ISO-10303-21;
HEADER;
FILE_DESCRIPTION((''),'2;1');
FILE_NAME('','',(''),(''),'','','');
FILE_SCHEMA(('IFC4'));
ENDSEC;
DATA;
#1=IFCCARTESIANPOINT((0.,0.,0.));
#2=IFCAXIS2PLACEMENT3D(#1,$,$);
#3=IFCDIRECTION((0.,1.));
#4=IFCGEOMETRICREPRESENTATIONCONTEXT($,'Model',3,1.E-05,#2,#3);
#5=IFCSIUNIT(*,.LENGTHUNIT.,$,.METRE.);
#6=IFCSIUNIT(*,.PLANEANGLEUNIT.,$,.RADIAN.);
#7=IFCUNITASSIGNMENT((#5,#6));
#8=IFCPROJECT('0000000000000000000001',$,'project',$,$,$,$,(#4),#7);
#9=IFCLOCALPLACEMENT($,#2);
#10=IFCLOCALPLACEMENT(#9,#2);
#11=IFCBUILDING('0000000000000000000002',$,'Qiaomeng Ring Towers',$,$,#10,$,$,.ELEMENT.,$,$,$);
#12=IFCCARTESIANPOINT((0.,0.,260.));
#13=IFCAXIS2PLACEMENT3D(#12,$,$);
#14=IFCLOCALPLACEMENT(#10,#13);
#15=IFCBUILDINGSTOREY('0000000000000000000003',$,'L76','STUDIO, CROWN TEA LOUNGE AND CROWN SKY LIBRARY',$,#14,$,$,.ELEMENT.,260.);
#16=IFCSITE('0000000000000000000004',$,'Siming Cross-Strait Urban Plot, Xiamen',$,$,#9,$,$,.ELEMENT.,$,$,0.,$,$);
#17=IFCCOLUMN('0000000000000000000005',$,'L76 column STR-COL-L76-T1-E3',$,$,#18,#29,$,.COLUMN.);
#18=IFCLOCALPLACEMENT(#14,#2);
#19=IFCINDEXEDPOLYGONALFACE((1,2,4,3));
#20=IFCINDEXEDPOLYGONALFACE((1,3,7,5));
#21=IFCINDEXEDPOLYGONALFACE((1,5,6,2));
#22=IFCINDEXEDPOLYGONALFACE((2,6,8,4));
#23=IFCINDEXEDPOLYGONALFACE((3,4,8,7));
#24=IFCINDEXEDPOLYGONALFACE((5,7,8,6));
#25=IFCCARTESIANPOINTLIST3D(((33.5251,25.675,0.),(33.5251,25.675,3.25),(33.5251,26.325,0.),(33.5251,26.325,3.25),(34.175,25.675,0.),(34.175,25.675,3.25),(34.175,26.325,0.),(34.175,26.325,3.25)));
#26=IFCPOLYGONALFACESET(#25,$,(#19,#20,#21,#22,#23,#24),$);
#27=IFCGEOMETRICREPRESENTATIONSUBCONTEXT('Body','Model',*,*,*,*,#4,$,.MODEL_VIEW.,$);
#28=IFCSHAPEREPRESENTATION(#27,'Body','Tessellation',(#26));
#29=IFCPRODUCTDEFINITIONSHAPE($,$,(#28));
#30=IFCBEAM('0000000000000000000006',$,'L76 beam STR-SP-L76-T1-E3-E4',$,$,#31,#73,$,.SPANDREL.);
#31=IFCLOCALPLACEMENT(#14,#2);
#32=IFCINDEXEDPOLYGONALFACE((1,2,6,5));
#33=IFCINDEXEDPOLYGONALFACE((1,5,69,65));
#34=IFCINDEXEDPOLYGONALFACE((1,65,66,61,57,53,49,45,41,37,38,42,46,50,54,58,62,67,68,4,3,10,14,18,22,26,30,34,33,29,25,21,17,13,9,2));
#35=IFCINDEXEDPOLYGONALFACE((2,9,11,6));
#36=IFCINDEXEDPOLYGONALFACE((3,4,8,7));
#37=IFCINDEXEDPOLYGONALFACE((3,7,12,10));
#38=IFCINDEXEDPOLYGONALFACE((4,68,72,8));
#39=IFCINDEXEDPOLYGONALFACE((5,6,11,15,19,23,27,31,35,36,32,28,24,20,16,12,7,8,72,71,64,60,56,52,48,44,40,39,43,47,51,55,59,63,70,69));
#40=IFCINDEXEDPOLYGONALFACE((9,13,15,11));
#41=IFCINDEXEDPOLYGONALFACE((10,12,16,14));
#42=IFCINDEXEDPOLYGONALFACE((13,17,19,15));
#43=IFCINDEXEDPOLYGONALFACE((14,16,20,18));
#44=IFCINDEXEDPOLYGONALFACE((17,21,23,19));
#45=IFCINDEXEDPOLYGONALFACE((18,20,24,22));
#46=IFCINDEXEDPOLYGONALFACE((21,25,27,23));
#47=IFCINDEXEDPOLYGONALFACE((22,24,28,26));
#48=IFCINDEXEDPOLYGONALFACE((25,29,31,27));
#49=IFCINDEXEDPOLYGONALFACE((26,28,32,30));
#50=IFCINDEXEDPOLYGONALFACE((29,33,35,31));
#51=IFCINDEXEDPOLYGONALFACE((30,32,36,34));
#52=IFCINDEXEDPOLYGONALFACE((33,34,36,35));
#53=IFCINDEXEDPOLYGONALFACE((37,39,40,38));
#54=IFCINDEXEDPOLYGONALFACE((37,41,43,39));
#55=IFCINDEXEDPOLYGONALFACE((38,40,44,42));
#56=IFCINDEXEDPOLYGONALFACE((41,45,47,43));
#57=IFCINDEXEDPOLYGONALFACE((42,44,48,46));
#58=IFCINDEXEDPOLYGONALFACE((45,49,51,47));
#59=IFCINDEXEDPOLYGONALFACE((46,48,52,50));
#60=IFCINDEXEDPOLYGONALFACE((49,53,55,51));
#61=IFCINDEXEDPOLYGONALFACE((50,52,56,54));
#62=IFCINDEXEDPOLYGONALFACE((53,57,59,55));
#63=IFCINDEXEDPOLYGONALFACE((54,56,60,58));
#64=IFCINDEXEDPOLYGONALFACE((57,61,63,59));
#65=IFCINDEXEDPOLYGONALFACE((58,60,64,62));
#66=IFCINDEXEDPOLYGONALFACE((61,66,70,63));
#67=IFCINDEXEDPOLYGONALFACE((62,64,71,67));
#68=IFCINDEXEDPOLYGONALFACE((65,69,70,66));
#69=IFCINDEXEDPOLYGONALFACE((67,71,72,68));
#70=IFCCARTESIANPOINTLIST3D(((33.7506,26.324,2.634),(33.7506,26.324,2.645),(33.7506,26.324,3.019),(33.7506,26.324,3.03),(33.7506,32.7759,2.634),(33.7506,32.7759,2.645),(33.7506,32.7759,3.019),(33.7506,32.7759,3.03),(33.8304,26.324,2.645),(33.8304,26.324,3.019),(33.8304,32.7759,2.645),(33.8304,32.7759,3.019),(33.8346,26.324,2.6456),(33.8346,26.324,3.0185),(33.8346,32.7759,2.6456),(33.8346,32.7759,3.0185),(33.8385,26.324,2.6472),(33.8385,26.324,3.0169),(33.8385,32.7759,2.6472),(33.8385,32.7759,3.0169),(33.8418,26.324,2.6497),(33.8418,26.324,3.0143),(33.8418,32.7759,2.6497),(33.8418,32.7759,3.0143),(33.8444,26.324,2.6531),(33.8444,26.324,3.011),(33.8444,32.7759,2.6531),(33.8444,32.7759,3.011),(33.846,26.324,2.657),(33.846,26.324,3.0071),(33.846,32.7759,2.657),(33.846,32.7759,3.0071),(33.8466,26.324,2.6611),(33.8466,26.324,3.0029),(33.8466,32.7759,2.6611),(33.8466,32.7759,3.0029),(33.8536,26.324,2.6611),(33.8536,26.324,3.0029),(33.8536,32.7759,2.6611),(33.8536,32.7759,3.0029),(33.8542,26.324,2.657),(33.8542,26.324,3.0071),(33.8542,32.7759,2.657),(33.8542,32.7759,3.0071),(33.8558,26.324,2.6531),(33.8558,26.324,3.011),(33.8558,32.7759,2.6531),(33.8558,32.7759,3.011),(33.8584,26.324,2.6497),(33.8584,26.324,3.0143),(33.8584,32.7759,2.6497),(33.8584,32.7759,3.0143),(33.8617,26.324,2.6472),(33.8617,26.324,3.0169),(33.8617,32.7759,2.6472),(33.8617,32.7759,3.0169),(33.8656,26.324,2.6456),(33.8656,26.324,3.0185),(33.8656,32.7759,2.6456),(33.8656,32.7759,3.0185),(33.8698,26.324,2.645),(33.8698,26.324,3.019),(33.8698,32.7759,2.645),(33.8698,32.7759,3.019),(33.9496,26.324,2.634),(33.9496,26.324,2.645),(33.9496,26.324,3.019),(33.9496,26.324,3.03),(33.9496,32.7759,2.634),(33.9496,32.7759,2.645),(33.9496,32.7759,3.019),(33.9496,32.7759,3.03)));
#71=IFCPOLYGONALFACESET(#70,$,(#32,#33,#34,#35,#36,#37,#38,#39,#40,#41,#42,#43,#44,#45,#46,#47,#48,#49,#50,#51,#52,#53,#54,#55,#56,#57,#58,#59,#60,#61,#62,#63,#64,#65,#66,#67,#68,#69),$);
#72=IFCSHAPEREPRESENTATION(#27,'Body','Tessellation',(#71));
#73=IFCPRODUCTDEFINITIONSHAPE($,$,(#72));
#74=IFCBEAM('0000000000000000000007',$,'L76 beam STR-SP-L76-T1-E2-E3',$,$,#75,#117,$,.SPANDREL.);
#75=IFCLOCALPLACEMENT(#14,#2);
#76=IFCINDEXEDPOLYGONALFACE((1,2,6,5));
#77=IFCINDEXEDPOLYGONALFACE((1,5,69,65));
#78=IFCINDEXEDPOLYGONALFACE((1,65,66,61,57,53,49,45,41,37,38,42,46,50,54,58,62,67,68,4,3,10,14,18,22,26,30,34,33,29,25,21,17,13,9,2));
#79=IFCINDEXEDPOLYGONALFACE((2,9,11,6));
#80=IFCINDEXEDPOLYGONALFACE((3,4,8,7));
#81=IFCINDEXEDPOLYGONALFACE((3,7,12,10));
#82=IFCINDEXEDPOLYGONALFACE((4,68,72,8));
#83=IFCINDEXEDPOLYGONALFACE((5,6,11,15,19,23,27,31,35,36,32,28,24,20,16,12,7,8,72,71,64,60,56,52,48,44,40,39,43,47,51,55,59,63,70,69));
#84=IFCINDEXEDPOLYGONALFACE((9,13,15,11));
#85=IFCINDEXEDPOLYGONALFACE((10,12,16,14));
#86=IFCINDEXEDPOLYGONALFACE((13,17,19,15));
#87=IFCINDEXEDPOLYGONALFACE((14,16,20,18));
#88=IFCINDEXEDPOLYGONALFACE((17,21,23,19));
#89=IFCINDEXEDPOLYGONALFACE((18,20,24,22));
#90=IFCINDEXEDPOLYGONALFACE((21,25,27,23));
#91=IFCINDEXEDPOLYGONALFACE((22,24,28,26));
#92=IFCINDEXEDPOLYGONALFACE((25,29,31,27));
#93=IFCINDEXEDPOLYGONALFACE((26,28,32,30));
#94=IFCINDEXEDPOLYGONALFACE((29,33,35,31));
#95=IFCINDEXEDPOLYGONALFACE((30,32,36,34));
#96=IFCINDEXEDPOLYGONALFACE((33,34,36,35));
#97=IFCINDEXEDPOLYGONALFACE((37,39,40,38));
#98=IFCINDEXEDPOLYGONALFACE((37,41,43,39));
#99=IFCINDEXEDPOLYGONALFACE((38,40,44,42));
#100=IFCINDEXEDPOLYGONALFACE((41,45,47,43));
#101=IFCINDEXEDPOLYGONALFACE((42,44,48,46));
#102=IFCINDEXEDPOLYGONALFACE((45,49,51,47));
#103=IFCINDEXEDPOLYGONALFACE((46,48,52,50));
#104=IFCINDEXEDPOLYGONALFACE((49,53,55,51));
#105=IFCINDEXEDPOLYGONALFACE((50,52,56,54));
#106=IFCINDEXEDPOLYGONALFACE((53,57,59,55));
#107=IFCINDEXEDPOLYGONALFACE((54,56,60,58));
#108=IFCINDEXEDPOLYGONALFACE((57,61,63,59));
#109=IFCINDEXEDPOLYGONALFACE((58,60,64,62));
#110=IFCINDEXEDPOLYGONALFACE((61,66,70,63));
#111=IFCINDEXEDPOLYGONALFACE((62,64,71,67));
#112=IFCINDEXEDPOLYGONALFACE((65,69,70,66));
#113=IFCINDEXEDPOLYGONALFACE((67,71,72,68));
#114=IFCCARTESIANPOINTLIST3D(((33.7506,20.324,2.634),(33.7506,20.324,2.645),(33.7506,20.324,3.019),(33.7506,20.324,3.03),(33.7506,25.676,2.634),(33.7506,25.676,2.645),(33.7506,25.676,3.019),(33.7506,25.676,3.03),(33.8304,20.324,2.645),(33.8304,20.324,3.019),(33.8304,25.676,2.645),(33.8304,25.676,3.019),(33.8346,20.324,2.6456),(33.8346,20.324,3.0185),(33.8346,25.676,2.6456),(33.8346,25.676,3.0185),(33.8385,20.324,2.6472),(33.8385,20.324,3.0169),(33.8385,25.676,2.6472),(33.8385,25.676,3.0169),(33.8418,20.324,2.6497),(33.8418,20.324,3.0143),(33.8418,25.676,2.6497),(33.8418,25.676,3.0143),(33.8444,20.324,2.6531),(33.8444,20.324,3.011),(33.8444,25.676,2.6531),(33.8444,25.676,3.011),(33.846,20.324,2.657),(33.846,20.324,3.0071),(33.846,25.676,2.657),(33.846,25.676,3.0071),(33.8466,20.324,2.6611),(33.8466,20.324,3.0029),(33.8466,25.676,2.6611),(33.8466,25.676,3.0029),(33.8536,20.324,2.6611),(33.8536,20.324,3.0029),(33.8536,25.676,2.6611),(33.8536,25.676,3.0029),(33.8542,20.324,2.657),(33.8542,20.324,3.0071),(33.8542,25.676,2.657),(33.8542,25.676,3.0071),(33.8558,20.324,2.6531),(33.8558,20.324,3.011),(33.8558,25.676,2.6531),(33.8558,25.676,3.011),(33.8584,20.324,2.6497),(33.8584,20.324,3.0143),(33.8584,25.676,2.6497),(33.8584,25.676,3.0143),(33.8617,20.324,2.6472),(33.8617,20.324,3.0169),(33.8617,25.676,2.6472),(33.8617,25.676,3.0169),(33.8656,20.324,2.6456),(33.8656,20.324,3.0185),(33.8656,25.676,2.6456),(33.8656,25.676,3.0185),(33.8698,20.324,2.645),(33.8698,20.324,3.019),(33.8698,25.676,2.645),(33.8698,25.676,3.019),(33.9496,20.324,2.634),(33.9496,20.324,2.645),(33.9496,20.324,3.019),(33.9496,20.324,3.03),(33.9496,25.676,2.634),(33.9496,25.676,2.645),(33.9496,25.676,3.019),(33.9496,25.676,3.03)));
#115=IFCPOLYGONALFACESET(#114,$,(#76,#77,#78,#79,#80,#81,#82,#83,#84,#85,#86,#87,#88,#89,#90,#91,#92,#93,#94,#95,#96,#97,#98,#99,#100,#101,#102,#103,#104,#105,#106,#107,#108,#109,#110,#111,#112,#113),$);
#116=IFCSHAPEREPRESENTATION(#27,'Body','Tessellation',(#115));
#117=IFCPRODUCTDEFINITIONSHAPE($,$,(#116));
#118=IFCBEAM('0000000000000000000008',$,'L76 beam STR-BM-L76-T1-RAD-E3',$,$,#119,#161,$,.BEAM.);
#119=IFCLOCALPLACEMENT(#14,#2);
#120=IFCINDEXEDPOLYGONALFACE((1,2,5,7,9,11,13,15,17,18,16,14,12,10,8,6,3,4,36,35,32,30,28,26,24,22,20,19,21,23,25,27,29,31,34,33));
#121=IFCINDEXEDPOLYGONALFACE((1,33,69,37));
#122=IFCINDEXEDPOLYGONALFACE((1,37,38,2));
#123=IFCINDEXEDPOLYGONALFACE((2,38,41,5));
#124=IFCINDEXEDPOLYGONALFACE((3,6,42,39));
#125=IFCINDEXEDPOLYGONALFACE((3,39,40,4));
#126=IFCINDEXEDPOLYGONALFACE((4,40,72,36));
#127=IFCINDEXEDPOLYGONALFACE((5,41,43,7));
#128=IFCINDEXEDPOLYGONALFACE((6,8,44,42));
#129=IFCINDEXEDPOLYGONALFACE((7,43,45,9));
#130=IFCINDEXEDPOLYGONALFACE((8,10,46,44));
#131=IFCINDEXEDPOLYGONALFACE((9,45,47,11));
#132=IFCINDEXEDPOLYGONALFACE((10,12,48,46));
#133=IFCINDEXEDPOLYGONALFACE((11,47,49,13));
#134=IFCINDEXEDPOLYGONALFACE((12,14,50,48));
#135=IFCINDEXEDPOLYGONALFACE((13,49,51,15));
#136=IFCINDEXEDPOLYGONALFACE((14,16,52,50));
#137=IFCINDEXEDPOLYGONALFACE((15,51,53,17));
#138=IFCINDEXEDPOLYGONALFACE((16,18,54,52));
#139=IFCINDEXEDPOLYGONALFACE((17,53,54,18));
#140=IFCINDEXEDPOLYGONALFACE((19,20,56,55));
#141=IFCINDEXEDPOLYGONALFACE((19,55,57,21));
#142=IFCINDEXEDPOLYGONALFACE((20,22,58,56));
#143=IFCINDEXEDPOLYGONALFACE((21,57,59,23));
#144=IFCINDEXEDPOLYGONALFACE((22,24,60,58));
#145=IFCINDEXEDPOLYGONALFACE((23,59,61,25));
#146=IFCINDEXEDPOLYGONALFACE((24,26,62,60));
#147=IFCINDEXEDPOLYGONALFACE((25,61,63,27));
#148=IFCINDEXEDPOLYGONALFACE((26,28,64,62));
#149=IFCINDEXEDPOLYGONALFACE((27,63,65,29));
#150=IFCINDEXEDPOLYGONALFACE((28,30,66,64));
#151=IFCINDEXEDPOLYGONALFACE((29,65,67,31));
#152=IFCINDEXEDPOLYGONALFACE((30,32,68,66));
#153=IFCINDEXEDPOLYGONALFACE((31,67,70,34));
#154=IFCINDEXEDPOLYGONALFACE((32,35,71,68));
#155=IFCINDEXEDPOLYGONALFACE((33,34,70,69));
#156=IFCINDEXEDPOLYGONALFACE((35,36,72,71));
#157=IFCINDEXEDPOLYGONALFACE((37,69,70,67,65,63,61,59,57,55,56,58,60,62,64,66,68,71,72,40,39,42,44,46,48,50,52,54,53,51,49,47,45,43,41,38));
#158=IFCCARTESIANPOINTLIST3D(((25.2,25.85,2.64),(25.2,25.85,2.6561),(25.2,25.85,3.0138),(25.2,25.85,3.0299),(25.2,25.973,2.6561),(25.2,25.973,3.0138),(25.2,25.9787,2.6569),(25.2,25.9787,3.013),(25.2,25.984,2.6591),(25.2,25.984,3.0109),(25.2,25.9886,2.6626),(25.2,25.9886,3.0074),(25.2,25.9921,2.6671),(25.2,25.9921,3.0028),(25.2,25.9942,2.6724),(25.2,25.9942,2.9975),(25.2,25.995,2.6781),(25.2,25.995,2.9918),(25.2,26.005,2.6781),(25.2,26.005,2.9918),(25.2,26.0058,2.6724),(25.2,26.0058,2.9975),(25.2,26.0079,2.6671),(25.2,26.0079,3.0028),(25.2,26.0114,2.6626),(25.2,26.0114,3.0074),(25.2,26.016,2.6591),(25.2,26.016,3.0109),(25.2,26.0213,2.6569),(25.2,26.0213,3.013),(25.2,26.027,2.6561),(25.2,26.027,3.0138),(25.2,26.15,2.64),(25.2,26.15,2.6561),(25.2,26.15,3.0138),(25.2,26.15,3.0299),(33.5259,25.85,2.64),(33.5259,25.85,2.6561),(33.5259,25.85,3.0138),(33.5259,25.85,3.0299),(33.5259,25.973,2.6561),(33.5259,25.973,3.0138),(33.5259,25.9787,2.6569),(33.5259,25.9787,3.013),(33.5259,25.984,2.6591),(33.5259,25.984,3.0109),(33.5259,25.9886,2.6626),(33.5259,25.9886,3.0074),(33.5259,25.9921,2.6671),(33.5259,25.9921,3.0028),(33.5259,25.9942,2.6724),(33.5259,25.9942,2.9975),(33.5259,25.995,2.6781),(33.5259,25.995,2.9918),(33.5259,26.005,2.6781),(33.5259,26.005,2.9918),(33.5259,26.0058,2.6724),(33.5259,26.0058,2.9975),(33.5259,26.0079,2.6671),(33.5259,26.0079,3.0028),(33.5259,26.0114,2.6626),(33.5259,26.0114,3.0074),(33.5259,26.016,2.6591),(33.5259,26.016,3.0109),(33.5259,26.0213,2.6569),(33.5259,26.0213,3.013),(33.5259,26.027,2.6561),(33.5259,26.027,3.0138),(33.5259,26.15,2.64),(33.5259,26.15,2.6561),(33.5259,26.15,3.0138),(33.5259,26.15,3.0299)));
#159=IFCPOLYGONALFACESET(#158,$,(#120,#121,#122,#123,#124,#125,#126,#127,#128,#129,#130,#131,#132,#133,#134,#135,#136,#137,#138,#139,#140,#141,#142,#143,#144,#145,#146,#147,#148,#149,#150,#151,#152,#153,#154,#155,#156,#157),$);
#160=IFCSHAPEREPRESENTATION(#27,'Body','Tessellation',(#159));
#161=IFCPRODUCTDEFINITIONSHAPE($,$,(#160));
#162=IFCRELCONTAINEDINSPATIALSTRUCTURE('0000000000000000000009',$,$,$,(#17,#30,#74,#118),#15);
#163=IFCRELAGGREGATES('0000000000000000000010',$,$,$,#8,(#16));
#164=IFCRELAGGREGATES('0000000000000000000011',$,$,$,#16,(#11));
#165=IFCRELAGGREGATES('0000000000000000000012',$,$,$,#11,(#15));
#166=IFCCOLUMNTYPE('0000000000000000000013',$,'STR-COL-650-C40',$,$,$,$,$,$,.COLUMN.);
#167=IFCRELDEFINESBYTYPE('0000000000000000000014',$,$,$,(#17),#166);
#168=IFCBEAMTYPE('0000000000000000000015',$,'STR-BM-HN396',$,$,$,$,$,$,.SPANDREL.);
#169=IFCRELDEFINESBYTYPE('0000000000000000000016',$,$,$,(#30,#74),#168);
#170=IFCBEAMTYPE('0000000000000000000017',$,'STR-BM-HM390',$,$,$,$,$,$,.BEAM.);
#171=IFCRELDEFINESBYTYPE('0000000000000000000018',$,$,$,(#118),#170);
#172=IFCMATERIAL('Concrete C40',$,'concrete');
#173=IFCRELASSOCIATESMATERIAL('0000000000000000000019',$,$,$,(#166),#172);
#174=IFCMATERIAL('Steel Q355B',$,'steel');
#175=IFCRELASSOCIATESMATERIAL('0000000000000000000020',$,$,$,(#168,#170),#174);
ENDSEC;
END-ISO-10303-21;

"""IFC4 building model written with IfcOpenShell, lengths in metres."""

from ifc_helpers import new_model, si_unit, direction, frame, origin, origin_2d, place, context, subcontext, project, spatial, rectangle, i_section, extrude, source, transform, mapped, material, material_profile, profile_set, type_object, element, save


model = new_model("IFC4")

# Units and contexts
model_context = context("Model", 3, precision=1e-05, world=origin(), true_north=direction((0.0, 1.0)))
body_context = subcontext(model_context, "Body", "Model", "MODEL_VIEW")
ifc_project = project(units=[si_unit("LENGTHUNIT", "METRE"), si_unit("PLANEANGLEUNIT", "RADIAN")], contexts=[model_context])

# Site, building, storey
site_placement = place(None, origin())
site = spatial("IfcSite", under=ifc_project, at=site_placement, Name="Siming Cross-Strait Urban Plot, Xiamen", CompositionType="ELEMENT", RefElevation=0.0)
building_placement = place(site_placement, origin())
building = spatial("IfcBuilding", under=site, at=building_placement, Name="Qiaomeng Ring Towers", CompositionType="ELEMENT")
storey_placement = place(building_placement, frame((0.0, 0.0, 260.0)))
storey = spatial("IfcBuildingStorey", under=building, at=storey_placement, Name="L76", Description="STUDIO, CROWN TEA LOUNGE AND CROWN SKY LIBRARY", CompositionType="ELEMENT", Elevation=260.0)

# Column
ifc_material_1 = material(Name="Concrete C40", Category="concrete")
ifc_material_profile_1 = material_profile(ifc_material_1, rectangle(XDim=0.6499, YDim=0.6499, at=origin_2d()), Name="RC COL 650x650")
ifc_profile_set_1 = profile_set([ifc_material_profile_1], Name="Concrete C40")
column_type = type_object("IfcColumnType", Name="STR-COL-650-C40", PredefinedType="COLUMN", material=ifc_profile_set_1)
shared_shape_1 = source(origin(), body_context, "Body", "SweptSolid", [
    extrude(rectangle(XDim=0.6499, YDim=0.6499, at=origin_2d()), origin(), (0.0, 0.0, 1.0), 3.25),
])
column_placement = place(storey_placement, frame((33.8501, 26.0, 0.0), z_axis=(0.0, 0.0, 1.0), x_axis=(1.0, 0.0, 0.0)))
element("IfcColumn", 1, at=column_placement, inside=storey, type_object=column_type, Name="L76 column STR-COL-L76-T1-E3", PredefinedType="COLUMN", context=body_context, shape_type="MappedRepresentation", body=[
    mapped(shared_shape_1, transform((0.0, 0.0, 0.0), x_axis=(1.0, 0.0, 0.0), y_axis=(0.0, 1.0, 0.0), z_axis=(0.0, 0.0, 1.0), scale=1.0)),
])

# Beams
ifc_material_2 = material(Name="Steel Q355B", Category="steel")
ifc_material_profile_2 = material_profile(ifc_material_2, i_section(OverallWidth=0.199, OverallDepth=0.396, WebThickness=0.0071, FlangeThickness=0.011, FilletRadius=0.0161, at=origin_2d()), Name="HN 396x199x7x11")
ifc_profile_set_2 = profile_set([ifc_material_profile_2], Name="Steel Q355B")
beam_type_1 = type_object("IfcBeamType", Name="STR-BM-HN396", PredefinedType="SPANDREL", material=ifc_profile_set_2)
shared_shape_2 = source(origin(), body_context, "Body", "SweptSolid", [
    extrude(i_section(OverallWidth=0.199, OverallDepth=0.396, WebThickness=0.0071, FlangeThickness=0.011, FilletRadius=0.0161, at=origin_2d()), origin(), (0.0, 0.0, 1.0), 6.4519),
])
beam_1_placement = place(storey_placement, frame((33.8501, 26.324, 2.832), z_axis=(0.0, 1.0, 0.0), x_axis=(-1.0, 0.0, 0.0)))
element("IfcBeam", 2, at=beam_1_placement, inside=storey, type_object=beam_type_1, Name="L76 beam STR-SP-L76-T1-E3-E4", PredefinedType="SPANDREL", context=body_context, shape_type="MappedRepresentation", body=[
    mapped(shared_shape_2, transform((0.0, 0.0, 0.0), x_axis=(1.0, 0.0, 0.0), y_axis=(0.0, 1.0, 0.0), z_axis=(0.0, 0.0, 1.0), scale=1.0)),
])
shared_shape_3 = source(origin(), body_context, "Body", "SweptSolid", [
    extrude(i_section(OverallWidth=0.199, OverallDepth=0.396, WebThickness=0.0071, FlangeThickness=0.011, FilletRadius=0.0161, at=origin_2d()), origin(), (0.0, 0.0, 1.0), 5.3521),
])
beam_2_placement = place(storey_placement, frame((33.8501, 20.324, 2.832), z_axis=(0.0, 1.0, 0.0), x_axis=(-1.0, 0.0, 0.0)))
element("IfcBeam", 3, at=beam_2_placement, inside=storey, type_object=beam_type_1, Name="L76 beam STR-SP-L76-T1-E2-E3", PredefinedType="SPANDREL", context=body_context, shape_type="MappedRepresentation", body=[
    mapped(shared_shape_3, transform((0.0, 0.0, 0.0), x_axis=(1.0, 0.0, 0.0), y_axis=(0.0, 1.0, 0.0), z_axis=(0.0, 0.0, 1.0), scale=1.0)),
])
ifc_material_profile_3 = material_profile(ifc_material_2, i_section(OverallWidth=0.3, OverallDepth=0.3899, WebThickness=0.01, FlangeThickness=0.0161, FilletRadius=0.022, at=origin_2d()), Name="HM 390x300x10x16")
ifc_profile_set_3 = profile_set([ifc_material_profile_3], Name="Steel Q355B")
beam_type_2 = type_object("IfcBeamType", Name="STR-BM-HM390", PredefinedType="BEAM", material=ifc_profile_set_3)
shared_shape_4 = source(origin(), body_context, "Body", "SweptSolid", [
    extrude(i_section(OverallWidth=0.3, OverallDepth=0.3899, WebThickness=0.01, FlangeThickness=0.0161, FilletRadius=0.022, at=origin_2d()), origin(), (0.0, 0.0, 1.0), 8.3259),
])
beam_3_placement = place(storey_placement, frame((25.2, 26.0, 2.835), z_axis=(1.0, 0.0, 0.0), x_axis=(0.0, 1.0, 0.0)))
element("IfcBeam", 4, at=beam_3_placement, inside=storey, type_object=beam_type_2, Name="L76 beam STR-BM-L76-T1-RAD-E3", PredefinedType="BEAM", context=body_context, shape_type="MappedRepresentation", body=[
    mapped(shared_shape_4, transform((0.0, 0.0, 0.0), x_axis=(1.0, 0.0, 0.0), y_axis=(0.0, 1.0, 0.0), z_axis=(0.0, 0.0, 1.0), scale=1.0)),
])

save(model, "model.ifc")
